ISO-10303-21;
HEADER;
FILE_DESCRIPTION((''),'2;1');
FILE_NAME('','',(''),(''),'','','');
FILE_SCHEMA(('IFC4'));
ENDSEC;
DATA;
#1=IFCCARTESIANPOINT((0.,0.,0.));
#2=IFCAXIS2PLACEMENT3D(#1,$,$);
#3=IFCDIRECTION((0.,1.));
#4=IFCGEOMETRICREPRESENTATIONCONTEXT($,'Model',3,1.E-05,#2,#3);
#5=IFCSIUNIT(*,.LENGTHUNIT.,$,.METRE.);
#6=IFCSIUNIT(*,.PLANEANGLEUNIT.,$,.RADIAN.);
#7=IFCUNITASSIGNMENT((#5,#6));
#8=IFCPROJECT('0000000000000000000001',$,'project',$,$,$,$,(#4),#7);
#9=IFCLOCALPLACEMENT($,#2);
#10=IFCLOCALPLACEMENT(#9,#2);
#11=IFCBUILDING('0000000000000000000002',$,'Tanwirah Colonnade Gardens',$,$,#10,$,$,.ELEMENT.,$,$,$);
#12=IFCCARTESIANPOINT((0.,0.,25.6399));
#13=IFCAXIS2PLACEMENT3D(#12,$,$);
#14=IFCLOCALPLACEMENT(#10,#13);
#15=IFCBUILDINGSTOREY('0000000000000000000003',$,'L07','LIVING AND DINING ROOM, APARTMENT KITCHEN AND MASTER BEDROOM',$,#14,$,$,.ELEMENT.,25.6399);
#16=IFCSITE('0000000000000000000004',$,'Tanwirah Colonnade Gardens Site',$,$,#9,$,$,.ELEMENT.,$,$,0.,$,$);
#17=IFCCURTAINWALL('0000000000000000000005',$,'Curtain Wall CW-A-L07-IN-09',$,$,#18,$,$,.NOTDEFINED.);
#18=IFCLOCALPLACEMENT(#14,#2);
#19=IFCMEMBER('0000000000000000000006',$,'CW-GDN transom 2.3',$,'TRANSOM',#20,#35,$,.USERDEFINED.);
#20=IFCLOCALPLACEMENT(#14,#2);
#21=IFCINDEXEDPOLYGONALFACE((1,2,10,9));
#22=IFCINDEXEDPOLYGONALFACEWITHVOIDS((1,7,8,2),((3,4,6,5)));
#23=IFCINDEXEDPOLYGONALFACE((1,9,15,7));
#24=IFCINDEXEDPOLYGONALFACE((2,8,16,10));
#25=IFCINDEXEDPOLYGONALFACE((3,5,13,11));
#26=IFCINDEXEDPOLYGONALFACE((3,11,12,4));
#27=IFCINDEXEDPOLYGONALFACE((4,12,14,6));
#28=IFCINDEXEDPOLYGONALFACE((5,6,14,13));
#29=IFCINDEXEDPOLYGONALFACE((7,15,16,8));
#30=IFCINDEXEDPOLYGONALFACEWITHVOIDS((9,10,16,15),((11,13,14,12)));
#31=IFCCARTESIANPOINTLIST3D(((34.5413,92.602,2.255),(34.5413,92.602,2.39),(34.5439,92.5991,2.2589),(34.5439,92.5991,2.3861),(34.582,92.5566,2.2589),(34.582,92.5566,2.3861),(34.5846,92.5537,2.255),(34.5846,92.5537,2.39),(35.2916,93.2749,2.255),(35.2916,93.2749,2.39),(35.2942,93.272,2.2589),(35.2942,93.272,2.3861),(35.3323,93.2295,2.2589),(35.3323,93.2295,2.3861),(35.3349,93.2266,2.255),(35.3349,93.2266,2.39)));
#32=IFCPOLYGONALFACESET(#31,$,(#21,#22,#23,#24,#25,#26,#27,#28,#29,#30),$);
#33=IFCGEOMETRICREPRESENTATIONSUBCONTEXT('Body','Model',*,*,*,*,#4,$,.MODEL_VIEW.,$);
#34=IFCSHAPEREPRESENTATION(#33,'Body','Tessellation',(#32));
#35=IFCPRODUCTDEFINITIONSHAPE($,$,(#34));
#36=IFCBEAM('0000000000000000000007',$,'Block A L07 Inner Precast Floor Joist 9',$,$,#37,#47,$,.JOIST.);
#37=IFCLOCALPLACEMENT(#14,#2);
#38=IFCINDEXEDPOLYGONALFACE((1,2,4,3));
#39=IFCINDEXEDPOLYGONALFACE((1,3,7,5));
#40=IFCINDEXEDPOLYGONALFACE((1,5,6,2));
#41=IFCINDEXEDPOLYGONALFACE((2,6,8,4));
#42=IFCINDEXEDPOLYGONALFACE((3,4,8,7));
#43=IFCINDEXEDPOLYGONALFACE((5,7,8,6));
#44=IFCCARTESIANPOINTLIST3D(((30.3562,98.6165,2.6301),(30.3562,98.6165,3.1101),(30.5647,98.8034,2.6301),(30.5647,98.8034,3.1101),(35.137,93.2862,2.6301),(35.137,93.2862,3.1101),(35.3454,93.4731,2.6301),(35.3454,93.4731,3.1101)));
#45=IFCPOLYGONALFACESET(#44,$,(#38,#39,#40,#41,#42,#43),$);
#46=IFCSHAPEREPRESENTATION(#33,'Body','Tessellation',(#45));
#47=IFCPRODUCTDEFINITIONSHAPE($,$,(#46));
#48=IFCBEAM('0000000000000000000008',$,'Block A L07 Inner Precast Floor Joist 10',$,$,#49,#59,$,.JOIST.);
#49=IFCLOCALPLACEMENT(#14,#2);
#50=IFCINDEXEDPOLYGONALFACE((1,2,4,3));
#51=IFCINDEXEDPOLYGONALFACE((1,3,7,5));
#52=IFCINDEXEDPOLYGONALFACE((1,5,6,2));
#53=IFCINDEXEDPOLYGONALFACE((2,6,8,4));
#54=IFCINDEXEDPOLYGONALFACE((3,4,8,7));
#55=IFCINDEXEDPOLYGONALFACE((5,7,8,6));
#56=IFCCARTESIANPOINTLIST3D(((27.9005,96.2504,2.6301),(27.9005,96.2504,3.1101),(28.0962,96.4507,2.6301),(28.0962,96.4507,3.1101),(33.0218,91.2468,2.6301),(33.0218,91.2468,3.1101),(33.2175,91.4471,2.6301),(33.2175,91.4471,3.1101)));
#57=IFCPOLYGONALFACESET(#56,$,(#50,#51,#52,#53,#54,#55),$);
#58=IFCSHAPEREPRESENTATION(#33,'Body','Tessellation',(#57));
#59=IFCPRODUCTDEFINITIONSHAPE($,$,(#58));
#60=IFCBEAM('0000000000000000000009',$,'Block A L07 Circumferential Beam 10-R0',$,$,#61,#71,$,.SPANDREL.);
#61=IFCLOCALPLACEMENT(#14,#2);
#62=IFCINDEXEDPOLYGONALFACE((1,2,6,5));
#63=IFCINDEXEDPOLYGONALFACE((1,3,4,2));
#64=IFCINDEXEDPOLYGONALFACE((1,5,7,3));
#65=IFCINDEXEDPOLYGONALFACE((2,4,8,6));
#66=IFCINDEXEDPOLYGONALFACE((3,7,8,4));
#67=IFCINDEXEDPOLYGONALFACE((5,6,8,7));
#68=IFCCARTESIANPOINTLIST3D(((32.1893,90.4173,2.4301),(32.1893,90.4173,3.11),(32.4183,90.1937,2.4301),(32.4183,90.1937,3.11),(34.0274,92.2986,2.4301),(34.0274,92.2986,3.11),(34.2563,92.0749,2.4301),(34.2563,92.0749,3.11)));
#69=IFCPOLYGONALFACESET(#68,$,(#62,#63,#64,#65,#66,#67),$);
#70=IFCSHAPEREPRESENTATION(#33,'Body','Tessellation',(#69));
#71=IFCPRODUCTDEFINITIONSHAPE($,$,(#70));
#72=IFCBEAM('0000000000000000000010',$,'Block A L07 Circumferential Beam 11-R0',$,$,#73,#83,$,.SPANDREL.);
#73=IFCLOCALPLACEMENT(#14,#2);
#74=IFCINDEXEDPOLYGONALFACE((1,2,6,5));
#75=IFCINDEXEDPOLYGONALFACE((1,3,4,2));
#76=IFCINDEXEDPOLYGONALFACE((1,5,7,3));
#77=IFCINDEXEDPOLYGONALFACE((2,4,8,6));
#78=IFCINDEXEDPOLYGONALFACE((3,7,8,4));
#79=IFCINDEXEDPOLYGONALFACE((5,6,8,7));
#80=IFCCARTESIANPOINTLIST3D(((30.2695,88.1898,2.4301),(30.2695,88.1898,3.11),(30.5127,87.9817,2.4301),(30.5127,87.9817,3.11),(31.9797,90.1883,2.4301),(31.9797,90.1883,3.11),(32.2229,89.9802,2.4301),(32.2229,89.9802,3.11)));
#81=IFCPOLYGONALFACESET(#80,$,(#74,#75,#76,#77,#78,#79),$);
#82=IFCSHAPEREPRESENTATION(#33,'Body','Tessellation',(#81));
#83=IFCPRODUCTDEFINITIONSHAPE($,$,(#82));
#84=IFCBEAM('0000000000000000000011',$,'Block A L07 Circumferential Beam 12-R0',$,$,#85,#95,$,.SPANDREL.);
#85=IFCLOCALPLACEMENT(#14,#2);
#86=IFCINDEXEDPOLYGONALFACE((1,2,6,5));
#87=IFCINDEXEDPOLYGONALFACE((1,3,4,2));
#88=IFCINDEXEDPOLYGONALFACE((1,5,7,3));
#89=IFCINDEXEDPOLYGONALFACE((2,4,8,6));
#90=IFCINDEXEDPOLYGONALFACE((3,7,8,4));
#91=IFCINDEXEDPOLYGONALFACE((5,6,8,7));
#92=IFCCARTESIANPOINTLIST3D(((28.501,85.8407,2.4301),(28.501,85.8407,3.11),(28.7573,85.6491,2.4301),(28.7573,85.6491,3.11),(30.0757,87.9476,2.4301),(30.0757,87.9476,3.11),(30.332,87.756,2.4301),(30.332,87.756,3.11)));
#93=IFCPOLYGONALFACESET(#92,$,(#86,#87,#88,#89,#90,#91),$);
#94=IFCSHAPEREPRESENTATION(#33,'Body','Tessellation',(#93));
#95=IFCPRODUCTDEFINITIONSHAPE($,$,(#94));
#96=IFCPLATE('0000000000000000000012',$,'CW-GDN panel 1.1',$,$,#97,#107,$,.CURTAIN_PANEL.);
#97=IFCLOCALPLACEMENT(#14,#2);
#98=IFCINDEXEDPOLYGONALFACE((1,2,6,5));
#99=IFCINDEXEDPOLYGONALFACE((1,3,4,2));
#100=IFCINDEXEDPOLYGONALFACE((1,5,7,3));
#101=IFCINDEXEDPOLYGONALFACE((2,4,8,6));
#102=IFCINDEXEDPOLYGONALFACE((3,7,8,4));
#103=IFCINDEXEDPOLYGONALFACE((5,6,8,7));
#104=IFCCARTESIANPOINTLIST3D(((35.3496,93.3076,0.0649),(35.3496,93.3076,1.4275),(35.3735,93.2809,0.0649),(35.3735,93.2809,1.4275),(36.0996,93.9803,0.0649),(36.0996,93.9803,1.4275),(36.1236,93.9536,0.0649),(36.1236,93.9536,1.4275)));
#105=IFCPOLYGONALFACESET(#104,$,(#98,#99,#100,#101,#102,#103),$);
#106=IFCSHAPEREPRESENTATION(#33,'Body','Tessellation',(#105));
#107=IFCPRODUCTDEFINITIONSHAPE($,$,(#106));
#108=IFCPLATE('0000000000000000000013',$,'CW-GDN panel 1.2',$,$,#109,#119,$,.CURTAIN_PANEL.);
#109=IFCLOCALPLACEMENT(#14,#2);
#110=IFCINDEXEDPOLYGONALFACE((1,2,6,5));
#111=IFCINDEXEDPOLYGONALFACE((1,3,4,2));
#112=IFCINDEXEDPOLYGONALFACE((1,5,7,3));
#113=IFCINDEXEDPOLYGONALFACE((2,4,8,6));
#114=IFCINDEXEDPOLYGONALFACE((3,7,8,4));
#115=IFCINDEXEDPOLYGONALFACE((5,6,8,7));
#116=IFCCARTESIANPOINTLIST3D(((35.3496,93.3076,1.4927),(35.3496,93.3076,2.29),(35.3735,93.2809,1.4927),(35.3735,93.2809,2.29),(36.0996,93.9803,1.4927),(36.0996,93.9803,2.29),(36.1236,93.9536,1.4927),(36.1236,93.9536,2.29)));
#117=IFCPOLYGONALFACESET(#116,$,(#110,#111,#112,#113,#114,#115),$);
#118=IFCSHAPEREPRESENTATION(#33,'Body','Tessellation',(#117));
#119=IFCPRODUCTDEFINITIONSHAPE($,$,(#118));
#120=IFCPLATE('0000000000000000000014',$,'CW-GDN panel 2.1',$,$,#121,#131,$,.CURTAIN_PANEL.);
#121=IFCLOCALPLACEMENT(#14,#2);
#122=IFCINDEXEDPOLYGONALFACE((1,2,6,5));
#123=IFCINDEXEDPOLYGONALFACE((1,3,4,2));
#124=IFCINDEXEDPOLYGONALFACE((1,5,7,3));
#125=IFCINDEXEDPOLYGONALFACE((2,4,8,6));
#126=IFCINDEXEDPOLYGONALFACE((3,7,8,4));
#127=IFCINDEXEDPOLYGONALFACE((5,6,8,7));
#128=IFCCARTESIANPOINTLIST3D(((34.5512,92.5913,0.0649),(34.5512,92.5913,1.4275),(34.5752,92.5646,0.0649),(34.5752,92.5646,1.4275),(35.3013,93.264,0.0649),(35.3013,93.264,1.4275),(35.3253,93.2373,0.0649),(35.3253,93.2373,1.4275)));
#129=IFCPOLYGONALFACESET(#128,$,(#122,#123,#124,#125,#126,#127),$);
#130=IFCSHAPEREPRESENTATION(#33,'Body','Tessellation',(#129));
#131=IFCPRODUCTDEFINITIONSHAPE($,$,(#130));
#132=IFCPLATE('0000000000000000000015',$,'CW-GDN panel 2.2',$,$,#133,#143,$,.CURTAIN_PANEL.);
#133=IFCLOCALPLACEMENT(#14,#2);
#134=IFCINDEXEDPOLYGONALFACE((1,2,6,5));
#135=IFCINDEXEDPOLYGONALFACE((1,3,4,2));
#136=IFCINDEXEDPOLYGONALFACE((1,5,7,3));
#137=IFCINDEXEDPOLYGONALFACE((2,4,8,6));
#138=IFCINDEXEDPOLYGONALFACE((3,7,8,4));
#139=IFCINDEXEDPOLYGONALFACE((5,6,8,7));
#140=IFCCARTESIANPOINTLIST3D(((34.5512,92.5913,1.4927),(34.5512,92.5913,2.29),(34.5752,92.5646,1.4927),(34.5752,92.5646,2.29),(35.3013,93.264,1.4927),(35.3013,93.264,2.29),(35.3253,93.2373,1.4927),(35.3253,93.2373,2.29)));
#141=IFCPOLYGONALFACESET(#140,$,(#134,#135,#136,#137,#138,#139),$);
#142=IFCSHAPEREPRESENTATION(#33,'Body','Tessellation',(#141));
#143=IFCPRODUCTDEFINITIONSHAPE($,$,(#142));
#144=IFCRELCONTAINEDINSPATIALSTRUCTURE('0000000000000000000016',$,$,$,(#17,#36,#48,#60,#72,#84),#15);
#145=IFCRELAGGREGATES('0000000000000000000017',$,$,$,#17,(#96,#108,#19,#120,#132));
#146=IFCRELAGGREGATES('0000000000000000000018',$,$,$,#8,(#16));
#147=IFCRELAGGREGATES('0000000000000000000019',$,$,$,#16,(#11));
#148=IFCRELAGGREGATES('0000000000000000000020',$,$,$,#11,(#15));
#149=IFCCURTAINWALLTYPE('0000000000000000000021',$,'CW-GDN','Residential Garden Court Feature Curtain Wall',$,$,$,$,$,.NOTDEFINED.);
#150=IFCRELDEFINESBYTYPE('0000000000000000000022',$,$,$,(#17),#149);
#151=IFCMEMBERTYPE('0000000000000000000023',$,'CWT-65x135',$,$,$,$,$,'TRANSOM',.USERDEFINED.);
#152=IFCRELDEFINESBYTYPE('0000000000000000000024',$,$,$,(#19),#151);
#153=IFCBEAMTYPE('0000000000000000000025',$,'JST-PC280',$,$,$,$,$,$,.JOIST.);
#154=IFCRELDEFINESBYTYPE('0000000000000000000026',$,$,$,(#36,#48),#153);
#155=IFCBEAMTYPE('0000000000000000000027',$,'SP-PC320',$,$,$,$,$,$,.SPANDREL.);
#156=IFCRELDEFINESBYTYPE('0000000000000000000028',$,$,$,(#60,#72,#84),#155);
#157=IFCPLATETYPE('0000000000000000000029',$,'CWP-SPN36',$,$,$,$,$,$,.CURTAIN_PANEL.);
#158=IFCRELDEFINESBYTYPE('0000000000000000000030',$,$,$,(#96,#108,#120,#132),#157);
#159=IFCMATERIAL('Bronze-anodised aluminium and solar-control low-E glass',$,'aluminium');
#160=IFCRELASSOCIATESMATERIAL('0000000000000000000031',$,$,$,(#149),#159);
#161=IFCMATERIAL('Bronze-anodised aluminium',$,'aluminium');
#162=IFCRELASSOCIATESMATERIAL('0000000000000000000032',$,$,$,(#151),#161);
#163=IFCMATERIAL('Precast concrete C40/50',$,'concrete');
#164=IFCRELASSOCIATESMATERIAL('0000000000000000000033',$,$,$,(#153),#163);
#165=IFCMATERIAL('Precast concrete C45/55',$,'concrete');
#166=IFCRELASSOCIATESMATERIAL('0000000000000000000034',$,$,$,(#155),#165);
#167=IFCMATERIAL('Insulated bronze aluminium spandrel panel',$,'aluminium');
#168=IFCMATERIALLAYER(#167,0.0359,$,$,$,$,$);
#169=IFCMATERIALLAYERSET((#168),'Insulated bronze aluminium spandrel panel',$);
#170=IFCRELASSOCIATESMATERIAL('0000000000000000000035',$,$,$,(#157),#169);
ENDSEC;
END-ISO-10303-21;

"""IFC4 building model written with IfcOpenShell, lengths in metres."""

from ifc_helpers import new_model, si_unit, direction, frame, origin, origin_2d, place, context, subcontext, project, spatial, rectangle, hollow_rectangle, extrude, material, layer, layer_set, material_profile, profile_set, type_object, element, aggregate, save


model = new_model("IFC4")

# Units and contexts
model_context = context("Model", 3, precision=1e-05, world=origin(), true_north=direction((0.0, 1.0)))
body_context = subcontext(model_context, "Body", "Model", "MODEL_VIEW")
ifc_project = project(units=[si_unit("LENGTHUNIT", "METRE"), si_unit("PLANEANGLEUNIT", "RADIAN")], contexts=[model_context])

# Site, building, storey
site_placement = place(None, origin())
site = spatial("IfcSite", under=ifc_project, at=site_placement, Name="Tanwirah Colonnade Gardens Site", CompositionType="ELEMENT", RefElevation=0.0)
building_placement = place(site_placement, origin())
building = spatial("IfcBuilding", under=site, at=building_placement, Name="Tanwirah Colonnade Gardens", CompositionType="ELEMENT")
storey_placement = place(building_placement, frame((0.0, 0.0, 25.6399)))
storey = spatial("IfcBuildingStorey", under=building, at=storey_placement, Name="L07", Description="LIVING AND DINING ROOM, APARTMENT KITCHEN AND MASTER BEDROOM", CompositionType="ELEMENT", Elevation=25.6399)

# Shared definitions
ifc_material_1 = material(Name="Precast concrete C40/50", Category="concrete")

# Curtain wall, member
ifc_material_2 = material(Name="Bronze-anodised aluminium and solar-control low-E glass", Category="aluminium")
curtain_wall_type = type_object("IfcCurtainWallType", Name="CW-GDN", Description="Residential Garden Court Feature Curtain Wall", PredefinedType="NOTDEFINED", material=ifc_material_2)
curtain_wall_placement = place(storey_placement, origin())
curtain_wall = element("IfcCurtainWall", 1, at=curtain_wall_placement, inside=storey, type_object=curtain_wall_type, Name="Curtain Wall CW-A-L07-IN-09", PredefinedType="NOTDEFINED")
ifc_material_3 = material(Name="Bronze-anodised aluminium", Category="aluminium")
ifc_material_profile_1 = material_profile(ifc_material_3, hollow_rectangle(XDim=0.0649, YDim=0.135, WallThickness=0.0039, at=origin_2d()), Name="CW-TRN 65x135x4")
ifc_profile_set_1 = profile_set([ifc_material_profile_1], Name="Bronze-anodised aluminium")
member_type_1 = type_object("IfcMemberType", Name="CWT-65x135", ElementType="TRANSOM", PredefinedType="USERDEFINED", material=ifc_profile_set_1)
member_1_placement = place(storey_placement, frame((35.3132, 93.2507, 2.3225), z_axis=(-0.744461, -0.667665, 0.0), x_axis=(0.667665, -0.744461, 0.0)))
member_1 = element("IfcMember", 2, at=member_1_placement, type_object=member_type_1, Name="CW-GDN transom 2.3", ObjectType="TRANSOM", PredefinedType="USERDEFINED", context=body_context, shape_type="SweptSolid", body=[
    extrude(hollow_rectangle(XDim=0.0649, YDim=0.135, WallThickness=0.0039, at=origin_2d()), origin(), (0.0, 0.0, 1.0), 1.0078),
])

# Beams
ifc_material_profile_2 = material_profile(ifc_material_1, rectangle(XDim=0.28, YDim=0.48, at=origin_2d()), Name="PC-JST 280x480")
ifc_profile_set_2 = profile_set([ifc_material_profile_2], Name="Precast concrete C40/50")
beam_type_1 = type_object("IfcBeamType", Name="JST-PC280", PredefinedType="JOIST", material=ifc_profile_set_2)
beam_1_placement = place(storey_placement, frame((35.2412, 93.3796, 2.8701), z_axis=(-0.667688, 0.744441, 0.0), x_axis=(-0.744441, -0.667688, 0.0)))
element("IfcBeam", 3, at=beam_1_placement, inside=storey, type_object=beam_type_1, Name="Block A L07 Inner Precast Floor Joist 9", PredefinedType="JOIST", context=body_context, shape_type="SweptSolid", body=[
    extrude(rectangle(XDim=0.28, YDim=0.48, at=origin_2d()), origin(), (0.0, 0.0, 1.0), 7.1602),
])
beam_2_placement = place(storey_placement, frame((33.1196, 91.3469, 2.8701), z_axis=(-0.715277, 0.698841, 0.0), x_axis=(-0.698841, -0.715277, 0.0)))
element("IfcBeam", 4, at=beam_2_placement, inside=storey, type_object=beam_type_1, Name="Block A L07 Inner Precast Floor Joist 10", PredefinedType="JOIST", context=body_context, shape_type="SweptSolid", body=[
    extrude(rectangle(XDim=0.28, YDim=0.48, at=origin_2d()), origin(), (0.0, 0.0, 1.0), 7.1599),
])
ifc_material_4 = material(Name="Precast concrete C45/55", Category="concrete")
ifc_material_profile_3 = material_profile(ifc_material_4, rectangle(XDim=0.3201, YDim=0.6799, at=origin_2d()), Name="PC-SP 320x680")
ifc_profile_set_3 = profile_set([ifc_material_profile_3], Name="Precast concrete C45/55")
beam_type_2 = type_object("IfcBeamType", Name="SP-PC320", PredefinedType="SPANDREL", material=ifc_profile_set_3)
beam_3_placement = place(storey_placement, frame((34.1418, 92.1868, 2.77), z_axis=(-0.698844, -0.715274, 0.0), x_axis=(0.715274, -0.698844, 0.0)))
element("IfcBeam", 5, at=beam_3_placement, inside=storey, type_object=beam_type_2, Name="Block A L07 Circumferential Beam 10-R0", PredefinedType="SPANDREL", context=body_context, shape_type="SweptSolid", body=[
    extrude(rectangle(XDim=0.3201, YDim=0.6799, at=origin_2d()), origin(), (0.0, 0.0, 1.0), 2.6301),
])
for number, where, z_axis, x_axis, name in (
    (6, (32.1013, 90.0842, 2.77), (-0.650172, -0.759787, 0.0), (0.759787, -0.650172, 0.0), "Block A L07 Circumferential Beam 11-R0"),
    (7, (30.2039, 87.8518, 2.77), (-0.598663, -0.801001, 0.0), (0.801001, -0.598663, 0.0), "Block A L07 Circumferential Beam 12-R0"),
):
    element("IfcBeam", number, at=place(storey_placement, frame(where, z_axis=z_axis, x_axis=x_axis)), inside=storey, type_object=beam_type_2, Name=name, PredefinedType="SPANDREL", context=body_context, shape_type="SweptSolid", body=[
        extrude(rectangle(XDim=0.3201, YDim=0.6799, at=origin_2d()), origin(), (0.0, 0.0, 1.0), 2.6304),
    ])

# Plates
ifc_material_5 = material(Name="Insulated bronze aluminium spandrel panel", Category="aluminium")
ifc_layer = layer(ifc_material_5, 0.0359)
ifc_layer_set = layer_set([ifc_layer], Name="Insulated bronze aluminium spandrel panel")
plate_type = type_object("IfcPlateType", Name="CWP-SPN36", PredefinedType="CURTAIN_PANEL", material=ifc_layer_set)
plate_1_placement = place(storey_placement, frame((35.7366, 93.6306, 0.0649), z_axis=(0.0, 0.0, 1.0), x_axis=(-0.74444, -0.667689, 0.0)))
plate_1 = element("IfcPlate", 8, at=plate_1_placement, type_object=plate_type, Name="CW-GDN panel 1.1", PredefinedType="CURTAIN_PANEL", context=body_context, shape_type="SweptSolid", body=[
    extrude(rectangle(XDim=1.0076, YDim=0.0359, at=origin_2d()), origin(), (0.0, 0.0, 1.0), 1.3625),
])
plate_2_placement = place(storey_placement, frame((35.7366, 93.6306, 1.4927), z_axis=(0.0, 0.0, 1.0), x_axis=(-0.74444, -0.667689, 0.0)))
plate_2 = element("IfcPlate", 9, at=plate_2_placement, type_object=plate_type, Name="CW-GDN panel 1.2", PredefinedType="CURTAIN_PANEL", context=body_context, shape_type="SweptSolid", body=[
    extrude(rectangle(XDim=1.0076, YDim=0.0359, at=origin_2d()), origin(), (0.0, 0.0, 1.0), 0.7974),
])
plate_3_placement = place(storey_placement, frame((34.9382, 92.9143, 0.0649), z_axis=(0.0, 0.0, 1.0), x_axis=(-0.74444, -0.667689, 0.0)))
plate_3 = element("IfcPlate", 10, at=plate_3_placement, type_object=plate_type, Name="CW-GDN panel 2.1", PredefinedType="CURTAIN_PANEL", context=body_context, shape_type="SweptSolid", body=[
    extrude(rectangle(XDim=1.0076, YDim=0.0359, at=origin_2d()), origin(), (0.0, 0.0, 1.0), 1.3625),
])
plate_4_placement = place(storey_placement, frame((34.9382, 92.9143, 1.4927), z_axis=(0.0, 0.0, 1.0), x_axis=(-0.74444, -0.667689, 0.0)))
plate_4 = element("IfcPlate", 11, at=plate_4_placement, type_object=plate_type, Name="CW-GDN panel 2.2", PredefinedType="CURTAIN_PANEL", context=body_context, shape_type="SweptSolid", body=[
    extrude(rectangle(XDim=1.0076, YDim=0.0359, at=origin_2d()), origin(), (0.0, 0.0, 1.0), 0.7974),
])
aggregate(curtain_wall, [plate_1, plate_2, member_1, plate_3, plate_4])

save(model, "model.ifc")
